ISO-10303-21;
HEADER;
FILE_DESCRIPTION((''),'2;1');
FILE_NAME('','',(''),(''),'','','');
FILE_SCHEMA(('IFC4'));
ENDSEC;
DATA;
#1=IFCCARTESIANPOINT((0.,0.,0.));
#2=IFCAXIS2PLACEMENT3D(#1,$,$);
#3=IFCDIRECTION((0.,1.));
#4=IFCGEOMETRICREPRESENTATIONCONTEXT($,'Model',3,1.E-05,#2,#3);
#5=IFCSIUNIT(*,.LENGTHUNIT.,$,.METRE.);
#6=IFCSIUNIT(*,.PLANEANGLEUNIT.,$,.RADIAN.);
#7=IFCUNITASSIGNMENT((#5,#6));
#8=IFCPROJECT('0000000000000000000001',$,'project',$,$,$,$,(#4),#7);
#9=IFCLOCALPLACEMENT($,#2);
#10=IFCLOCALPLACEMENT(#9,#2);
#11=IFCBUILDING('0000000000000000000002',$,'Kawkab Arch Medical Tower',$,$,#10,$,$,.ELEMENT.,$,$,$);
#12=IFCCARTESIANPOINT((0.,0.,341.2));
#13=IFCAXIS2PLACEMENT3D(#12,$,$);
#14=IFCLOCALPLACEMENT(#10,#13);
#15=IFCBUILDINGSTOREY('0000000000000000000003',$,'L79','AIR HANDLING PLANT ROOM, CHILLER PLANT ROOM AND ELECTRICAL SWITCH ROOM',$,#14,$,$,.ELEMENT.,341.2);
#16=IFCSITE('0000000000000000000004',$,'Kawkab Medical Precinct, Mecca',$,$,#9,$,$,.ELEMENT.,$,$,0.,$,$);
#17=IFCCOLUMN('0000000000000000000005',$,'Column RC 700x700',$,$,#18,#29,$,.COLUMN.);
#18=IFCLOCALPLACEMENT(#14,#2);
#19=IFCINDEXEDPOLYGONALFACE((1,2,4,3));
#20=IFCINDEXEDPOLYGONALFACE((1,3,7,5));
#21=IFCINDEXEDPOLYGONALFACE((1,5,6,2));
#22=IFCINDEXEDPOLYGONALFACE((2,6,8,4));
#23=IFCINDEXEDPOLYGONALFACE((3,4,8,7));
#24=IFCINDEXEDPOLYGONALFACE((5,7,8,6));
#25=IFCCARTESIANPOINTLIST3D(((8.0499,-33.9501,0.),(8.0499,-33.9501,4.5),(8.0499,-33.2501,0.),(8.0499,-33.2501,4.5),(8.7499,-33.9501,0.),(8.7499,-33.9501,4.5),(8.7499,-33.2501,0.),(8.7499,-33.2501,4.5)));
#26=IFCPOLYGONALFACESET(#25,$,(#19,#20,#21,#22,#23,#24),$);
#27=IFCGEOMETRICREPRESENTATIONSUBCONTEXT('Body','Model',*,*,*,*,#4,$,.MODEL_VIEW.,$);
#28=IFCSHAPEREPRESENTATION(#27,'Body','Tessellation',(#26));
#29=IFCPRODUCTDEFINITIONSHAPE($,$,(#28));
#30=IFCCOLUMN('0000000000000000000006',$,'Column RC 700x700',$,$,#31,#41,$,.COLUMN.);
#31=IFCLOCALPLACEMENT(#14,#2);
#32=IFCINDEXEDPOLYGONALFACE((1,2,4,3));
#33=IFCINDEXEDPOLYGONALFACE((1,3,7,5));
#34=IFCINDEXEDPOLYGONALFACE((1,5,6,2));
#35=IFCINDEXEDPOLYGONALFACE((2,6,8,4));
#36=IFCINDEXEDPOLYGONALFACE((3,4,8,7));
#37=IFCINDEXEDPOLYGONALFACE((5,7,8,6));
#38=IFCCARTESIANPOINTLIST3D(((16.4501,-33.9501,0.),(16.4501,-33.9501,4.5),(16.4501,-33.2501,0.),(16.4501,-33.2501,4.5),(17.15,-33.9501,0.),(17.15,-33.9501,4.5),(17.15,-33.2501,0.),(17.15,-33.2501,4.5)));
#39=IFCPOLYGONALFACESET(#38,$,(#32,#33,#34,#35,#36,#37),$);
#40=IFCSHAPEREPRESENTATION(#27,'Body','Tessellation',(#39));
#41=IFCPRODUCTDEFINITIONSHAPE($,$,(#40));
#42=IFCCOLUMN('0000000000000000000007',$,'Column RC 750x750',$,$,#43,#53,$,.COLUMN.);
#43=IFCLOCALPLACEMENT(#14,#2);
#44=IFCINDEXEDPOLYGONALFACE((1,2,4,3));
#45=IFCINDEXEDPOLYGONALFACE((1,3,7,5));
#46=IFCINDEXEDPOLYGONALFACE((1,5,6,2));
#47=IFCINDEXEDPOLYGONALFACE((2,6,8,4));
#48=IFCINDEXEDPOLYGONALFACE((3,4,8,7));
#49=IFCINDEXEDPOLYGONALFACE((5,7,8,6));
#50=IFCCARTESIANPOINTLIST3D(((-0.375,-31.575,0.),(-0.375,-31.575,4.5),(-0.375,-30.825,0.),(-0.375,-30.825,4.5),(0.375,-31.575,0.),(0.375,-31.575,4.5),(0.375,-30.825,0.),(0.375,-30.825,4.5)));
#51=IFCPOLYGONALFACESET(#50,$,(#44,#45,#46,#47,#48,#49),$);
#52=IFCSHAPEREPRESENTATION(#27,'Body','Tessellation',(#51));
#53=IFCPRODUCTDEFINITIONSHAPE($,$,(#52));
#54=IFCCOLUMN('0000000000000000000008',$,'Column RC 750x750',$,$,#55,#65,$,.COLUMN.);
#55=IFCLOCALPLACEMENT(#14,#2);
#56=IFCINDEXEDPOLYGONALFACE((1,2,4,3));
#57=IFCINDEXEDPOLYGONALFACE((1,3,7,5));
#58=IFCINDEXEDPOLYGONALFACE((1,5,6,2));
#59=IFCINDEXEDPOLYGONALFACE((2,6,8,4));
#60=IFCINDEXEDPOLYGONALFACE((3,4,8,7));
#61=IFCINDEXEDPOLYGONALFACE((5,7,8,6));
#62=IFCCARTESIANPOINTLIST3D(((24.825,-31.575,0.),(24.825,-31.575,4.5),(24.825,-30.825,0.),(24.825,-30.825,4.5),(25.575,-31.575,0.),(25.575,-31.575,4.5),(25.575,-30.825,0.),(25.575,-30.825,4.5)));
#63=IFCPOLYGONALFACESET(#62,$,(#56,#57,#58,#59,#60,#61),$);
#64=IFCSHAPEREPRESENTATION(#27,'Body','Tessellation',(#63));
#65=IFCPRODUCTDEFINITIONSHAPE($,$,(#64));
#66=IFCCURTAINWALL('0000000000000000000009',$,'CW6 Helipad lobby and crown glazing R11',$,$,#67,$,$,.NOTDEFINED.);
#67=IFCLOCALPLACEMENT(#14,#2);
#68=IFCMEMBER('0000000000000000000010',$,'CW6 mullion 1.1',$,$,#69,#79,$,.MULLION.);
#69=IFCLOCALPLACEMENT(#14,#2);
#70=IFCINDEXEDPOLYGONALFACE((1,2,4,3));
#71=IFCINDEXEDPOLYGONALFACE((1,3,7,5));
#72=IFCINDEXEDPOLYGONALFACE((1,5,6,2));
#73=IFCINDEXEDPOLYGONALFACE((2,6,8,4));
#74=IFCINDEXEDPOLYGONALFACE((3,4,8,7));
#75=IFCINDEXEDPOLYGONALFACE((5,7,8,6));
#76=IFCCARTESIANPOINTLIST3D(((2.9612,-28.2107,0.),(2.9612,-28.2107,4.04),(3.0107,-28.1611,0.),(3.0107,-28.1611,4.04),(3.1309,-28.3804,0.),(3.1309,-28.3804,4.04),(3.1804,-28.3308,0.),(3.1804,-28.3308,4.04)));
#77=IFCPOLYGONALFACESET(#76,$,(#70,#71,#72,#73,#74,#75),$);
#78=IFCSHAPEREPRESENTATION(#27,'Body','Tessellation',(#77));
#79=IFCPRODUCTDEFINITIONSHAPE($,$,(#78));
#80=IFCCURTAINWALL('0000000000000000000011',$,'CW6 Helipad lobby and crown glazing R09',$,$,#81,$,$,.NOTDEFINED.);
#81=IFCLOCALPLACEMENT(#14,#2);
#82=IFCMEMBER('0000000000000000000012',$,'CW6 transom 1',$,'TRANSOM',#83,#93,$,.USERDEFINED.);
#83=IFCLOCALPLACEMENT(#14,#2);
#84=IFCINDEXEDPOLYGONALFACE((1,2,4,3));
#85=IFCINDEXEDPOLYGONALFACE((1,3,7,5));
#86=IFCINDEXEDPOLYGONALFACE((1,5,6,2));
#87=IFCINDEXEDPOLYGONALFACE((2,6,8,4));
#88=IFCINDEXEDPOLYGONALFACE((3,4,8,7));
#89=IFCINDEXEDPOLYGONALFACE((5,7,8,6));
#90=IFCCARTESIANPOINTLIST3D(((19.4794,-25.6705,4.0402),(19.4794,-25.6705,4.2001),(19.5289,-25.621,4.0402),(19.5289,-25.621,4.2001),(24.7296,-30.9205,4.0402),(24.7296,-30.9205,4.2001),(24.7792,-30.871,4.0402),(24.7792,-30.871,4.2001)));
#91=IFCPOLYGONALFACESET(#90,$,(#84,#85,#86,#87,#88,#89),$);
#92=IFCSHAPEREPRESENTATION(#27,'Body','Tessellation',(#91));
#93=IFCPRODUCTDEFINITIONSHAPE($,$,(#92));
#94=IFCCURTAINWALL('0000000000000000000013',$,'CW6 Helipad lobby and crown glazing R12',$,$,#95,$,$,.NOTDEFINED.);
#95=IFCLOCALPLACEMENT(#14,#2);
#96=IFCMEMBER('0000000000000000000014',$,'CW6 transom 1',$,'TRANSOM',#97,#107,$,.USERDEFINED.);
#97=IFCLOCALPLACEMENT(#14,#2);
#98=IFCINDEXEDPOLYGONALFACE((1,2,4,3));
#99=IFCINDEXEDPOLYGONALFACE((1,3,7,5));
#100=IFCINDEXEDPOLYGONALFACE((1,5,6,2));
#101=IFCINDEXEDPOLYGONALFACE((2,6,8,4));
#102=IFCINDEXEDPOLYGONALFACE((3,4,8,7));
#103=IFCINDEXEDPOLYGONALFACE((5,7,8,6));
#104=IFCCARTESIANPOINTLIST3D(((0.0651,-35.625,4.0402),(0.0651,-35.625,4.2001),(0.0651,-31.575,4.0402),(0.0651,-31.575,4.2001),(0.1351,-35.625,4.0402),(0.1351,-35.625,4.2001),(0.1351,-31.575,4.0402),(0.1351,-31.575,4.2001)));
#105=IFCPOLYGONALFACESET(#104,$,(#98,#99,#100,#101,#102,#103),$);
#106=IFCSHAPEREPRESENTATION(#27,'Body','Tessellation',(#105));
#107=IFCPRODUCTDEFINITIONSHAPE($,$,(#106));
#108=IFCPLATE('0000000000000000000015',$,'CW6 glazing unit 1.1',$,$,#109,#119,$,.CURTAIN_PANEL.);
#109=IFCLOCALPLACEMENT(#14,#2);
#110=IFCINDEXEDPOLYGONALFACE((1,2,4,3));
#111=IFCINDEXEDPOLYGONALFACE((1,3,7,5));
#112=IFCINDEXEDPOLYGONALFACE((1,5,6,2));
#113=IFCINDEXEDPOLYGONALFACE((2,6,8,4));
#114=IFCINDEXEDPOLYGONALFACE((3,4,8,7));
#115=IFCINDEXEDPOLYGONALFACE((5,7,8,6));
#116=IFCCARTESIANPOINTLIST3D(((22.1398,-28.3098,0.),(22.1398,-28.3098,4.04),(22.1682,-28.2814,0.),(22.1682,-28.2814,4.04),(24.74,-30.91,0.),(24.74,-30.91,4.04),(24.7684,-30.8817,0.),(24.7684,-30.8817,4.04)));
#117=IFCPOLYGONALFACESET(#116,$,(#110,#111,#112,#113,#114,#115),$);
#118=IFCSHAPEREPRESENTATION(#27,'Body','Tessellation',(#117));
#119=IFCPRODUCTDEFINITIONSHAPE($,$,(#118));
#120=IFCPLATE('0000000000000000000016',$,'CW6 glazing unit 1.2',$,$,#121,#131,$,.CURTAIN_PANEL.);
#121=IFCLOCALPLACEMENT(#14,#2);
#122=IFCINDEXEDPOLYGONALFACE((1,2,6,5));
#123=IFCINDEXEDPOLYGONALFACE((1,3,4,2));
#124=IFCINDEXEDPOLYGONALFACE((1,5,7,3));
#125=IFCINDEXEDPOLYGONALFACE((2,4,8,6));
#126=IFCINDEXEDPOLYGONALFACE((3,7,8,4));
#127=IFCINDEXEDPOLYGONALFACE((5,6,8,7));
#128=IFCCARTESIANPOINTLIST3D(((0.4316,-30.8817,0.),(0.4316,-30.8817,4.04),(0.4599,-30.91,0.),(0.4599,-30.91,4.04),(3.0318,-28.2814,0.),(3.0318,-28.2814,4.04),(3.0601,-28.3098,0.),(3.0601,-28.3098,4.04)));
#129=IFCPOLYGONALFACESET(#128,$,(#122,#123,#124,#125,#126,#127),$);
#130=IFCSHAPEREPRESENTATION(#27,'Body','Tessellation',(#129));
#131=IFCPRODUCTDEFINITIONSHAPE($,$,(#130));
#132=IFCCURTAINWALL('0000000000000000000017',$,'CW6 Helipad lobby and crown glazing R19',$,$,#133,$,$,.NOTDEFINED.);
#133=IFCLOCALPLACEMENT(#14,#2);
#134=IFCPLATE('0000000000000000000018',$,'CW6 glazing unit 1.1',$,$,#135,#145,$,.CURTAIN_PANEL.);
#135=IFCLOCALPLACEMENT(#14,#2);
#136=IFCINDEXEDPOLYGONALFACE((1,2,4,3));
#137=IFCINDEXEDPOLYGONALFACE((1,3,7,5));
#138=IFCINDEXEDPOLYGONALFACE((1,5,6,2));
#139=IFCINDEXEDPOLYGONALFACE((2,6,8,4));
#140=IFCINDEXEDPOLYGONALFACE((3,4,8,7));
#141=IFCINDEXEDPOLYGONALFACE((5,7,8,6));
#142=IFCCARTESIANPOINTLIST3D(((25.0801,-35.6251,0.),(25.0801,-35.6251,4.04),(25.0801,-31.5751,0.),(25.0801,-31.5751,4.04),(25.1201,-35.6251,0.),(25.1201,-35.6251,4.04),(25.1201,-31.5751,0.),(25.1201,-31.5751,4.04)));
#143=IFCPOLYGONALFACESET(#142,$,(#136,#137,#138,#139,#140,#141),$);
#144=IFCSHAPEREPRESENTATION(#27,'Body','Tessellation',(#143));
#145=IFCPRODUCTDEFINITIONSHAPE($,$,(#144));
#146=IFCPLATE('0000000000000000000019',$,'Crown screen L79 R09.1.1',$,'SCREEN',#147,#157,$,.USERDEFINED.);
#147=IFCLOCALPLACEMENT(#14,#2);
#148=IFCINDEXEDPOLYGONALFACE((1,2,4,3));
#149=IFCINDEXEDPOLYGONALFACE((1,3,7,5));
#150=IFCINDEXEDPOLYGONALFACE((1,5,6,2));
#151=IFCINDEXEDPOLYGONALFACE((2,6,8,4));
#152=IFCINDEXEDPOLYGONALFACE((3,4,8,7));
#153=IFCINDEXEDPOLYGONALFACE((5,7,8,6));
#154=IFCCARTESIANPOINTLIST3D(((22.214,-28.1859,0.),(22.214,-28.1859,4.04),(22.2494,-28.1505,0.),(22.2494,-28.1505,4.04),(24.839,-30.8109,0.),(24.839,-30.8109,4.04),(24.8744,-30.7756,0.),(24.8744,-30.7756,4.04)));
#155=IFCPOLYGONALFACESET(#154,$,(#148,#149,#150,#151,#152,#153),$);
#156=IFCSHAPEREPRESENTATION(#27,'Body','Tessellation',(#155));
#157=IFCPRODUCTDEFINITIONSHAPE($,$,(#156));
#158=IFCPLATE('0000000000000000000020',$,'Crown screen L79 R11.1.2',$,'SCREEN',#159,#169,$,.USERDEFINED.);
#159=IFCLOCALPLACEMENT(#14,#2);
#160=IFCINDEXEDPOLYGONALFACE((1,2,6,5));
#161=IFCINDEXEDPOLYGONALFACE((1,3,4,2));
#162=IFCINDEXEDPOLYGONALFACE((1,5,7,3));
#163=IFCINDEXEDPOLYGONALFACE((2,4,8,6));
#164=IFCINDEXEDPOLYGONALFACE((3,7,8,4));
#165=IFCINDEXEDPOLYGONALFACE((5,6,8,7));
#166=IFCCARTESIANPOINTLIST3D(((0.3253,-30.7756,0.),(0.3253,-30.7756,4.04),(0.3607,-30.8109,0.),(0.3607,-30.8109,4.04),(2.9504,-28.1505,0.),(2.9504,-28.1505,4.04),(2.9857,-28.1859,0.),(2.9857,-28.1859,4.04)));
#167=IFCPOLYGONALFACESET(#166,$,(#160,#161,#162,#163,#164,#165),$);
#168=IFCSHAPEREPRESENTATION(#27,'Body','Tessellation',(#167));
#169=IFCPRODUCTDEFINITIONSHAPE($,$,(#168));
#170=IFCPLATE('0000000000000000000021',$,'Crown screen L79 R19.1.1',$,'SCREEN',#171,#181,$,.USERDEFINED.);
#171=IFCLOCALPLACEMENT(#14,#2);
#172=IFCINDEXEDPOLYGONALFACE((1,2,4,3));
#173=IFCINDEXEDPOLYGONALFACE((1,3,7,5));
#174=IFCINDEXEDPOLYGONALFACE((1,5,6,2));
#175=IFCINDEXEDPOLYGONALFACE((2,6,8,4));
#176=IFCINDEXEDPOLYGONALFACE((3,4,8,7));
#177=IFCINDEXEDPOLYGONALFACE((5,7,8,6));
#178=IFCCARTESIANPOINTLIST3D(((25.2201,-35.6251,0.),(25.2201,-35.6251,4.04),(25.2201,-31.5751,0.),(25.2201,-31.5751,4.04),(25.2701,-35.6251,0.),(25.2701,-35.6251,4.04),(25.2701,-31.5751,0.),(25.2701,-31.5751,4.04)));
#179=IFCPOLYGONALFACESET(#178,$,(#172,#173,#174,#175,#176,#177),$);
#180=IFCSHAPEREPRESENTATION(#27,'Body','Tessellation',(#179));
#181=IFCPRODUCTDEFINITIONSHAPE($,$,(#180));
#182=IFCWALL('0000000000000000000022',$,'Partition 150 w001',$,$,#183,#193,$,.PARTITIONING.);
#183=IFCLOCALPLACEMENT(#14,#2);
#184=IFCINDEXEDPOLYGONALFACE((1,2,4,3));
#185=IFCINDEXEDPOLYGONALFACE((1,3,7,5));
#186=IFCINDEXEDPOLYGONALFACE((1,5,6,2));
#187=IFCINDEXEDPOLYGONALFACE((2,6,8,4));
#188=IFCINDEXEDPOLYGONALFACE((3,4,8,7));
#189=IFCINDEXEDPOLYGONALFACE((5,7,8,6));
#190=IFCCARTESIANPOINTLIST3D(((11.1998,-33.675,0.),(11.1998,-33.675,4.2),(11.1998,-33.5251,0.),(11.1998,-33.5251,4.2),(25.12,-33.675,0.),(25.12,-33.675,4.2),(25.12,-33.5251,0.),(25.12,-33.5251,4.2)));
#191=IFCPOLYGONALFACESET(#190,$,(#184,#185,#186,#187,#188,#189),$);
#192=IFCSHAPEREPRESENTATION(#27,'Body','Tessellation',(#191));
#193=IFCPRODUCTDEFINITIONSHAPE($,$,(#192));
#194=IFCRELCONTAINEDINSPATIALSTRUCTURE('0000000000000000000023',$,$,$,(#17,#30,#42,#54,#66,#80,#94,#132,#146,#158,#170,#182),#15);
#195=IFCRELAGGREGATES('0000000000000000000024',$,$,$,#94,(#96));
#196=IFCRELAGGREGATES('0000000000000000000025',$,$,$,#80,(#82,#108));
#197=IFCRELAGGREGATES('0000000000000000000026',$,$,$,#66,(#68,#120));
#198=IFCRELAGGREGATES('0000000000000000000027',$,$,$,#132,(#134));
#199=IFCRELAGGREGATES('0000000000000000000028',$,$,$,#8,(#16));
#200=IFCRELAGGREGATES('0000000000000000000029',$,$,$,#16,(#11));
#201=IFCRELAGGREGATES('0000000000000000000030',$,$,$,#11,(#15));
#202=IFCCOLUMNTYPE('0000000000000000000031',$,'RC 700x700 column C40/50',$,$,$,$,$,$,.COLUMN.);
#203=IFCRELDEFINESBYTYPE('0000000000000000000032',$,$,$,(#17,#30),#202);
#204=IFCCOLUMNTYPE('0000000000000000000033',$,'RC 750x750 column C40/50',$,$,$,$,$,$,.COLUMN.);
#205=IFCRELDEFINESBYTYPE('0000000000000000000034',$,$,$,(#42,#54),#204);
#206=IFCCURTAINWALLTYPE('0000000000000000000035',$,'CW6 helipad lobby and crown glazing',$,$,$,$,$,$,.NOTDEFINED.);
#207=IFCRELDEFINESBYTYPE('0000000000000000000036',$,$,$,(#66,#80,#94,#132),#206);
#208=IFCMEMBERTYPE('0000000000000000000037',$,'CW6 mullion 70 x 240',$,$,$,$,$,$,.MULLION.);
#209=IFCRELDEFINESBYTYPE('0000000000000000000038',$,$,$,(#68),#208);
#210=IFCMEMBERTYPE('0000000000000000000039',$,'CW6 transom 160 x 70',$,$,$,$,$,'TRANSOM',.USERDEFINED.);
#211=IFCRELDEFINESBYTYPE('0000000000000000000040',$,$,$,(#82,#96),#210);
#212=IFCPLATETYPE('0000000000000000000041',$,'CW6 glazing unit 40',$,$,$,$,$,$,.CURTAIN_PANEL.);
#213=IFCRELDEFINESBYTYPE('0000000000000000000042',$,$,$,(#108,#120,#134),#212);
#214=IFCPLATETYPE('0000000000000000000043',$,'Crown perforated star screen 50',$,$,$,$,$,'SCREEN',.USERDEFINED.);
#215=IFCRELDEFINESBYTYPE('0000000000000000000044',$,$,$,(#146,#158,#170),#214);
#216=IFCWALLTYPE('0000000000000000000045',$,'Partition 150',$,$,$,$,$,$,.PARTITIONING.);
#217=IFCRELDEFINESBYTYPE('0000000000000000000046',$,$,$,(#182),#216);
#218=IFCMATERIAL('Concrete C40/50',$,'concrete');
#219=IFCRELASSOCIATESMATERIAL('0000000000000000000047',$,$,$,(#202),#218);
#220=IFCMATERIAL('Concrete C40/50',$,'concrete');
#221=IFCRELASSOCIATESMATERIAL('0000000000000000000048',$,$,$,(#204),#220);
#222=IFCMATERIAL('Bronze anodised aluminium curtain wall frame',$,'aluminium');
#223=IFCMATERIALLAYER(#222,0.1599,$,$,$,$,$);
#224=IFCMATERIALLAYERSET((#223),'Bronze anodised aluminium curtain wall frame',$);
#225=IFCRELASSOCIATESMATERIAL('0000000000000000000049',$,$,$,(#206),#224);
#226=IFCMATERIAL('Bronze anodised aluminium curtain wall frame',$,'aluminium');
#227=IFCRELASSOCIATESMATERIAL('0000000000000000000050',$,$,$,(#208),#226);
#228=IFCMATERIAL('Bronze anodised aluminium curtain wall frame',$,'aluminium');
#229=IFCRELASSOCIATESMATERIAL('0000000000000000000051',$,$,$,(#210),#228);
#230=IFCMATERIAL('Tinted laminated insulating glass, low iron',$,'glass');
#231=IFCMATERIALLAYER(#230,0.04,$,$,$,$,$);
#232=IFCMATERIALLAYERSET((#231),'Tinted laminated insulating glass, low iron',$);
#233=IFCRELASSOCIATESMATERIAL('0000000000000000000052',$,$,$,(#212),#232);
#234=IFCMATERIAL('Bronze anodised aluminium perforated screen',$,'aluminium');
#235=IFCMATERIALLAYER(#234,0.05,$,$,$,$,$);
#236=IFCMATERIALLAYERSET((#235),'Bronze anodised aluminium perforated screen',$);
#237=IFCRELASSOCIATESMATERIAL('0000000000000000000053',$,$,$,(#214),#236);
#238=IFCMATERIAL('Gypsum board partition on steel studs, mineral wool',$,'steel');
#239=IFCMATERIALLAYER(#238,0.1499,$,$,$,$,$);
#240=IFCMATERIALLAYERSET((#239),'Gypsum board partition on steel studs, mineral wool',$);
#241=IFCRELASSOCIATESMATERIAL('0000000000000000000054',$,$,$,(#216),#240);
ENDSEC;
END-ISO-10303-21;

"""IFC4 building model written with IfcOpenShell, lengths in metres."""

from ifc_helpers import new_model, si_unit, direction, frame, frame_2d, origin, origin_2d, place, context, subcontext, project, spatial, rectangle, extrude, material, layer, layer_set, material_profile, profile_set, type_object, element, aggregate, save


model = new_model("IFC4")

# Units and contexts
model_context = context("Model", 3, precision=1e-05, world=origin(), true_north=direction((0.0, 1.0)))
body_context = subcontext(model_context, "Body", "Model", "MODEL_VIEW")
ifc_project = project(units=[si_unit("LENGTHUNIT", "METRE"), si_unit("PLANEANGLEUNIT", "RADIAN")], contexts=[model_context])

# Site, building, storey
site_placement = place(None, origin())
site = spatial("IfcSite", under=ifc_project, at=site_placement, Name="Kawkab Medical Precinct, Mecca", CompositionType="ELEMENT", RefElevation=0.0)
building_placement = place(site_placement, origin())
building = spatial("IfcBuilding", under=site, at=building_placement, Name="Kawkab Arch Medical Tower", CompositionType="ELEMENT")
storey_placement = place(building_placement, frame((0.0, 0.0, 341.2)))
storey = spatial("IfcBuildingStorey", under=building, at=storey_placement, Name="L79", Description="AIR HANDLING PLANT ROOM, CHILLER PLANT ROOM AND ELECTRICAL SWITCH ROOM", CompositionType="ELEMENT", Elevation=341.2)

# Columns
ifc_material_1 = material(Name="Concrete C40/50", Category="concrete")
ifc_material_profile_1 = material_profile(ifc_material_1, rectangle(XDim=0.7, YDim=0.7, at=origin_2d()), Name="RC 700x700")
ifc_profile_set_1 = profile_set([ifc_material_profile_1], Name="Concrete C40/50")
column_type_1 = type_object("IfcColumnType", Name="RC 700x700 column C40/50", PredefinedType="COLUMN", material=ifc_profile_set_1)
for number, where, z_axis, x_axis, name in (
    (1, (8.3999, -33.6001, 0.0), (0.0, 0.0, 1.0), (1.0, 0.0, 0.0), "Column RC 700x700"),
    (2, (16.8, -33.6001, 0.0), (0.0, 0.0, 1.0), (1.0, 0.0, 0.0), "Column RC 700x700"),
):
    element("IfcColumn", number, at=place(storey_placement, frame(where, z_axis=z_axis, x_axis=x_axis)), inside=storey, type_object=column_type_1, Name=name, PredefinedType="COLUMN", context=body_context, shape_type="SweptSolid", body=[
        extrude(rectangle(XDim=0.7, YDim=0.7, at=origin_2d()), origin(), (0.0, 0.0, 1.0), 4.5),
    ])
ifc_material_2 = material(Name="Concrete C40/50", Category="concrete")
ifc_material_profile_2 = material_profile(ifc_material_2, rectangle(XDim=0.75, YDim=0.75, at=origin_2d()), Name="RC 750x750")
ifc_profile_set_2 = profile_set([ifc_material_profile_2], Name="Concrete C40/50")
column_type_2 = type_object("IfcColumnType", Name="RC 750x750 column C40/50", PredefinedType="COLUMN", material=ifc_profile_set_2)
for number, where, z_axis, x_axis, name in (
    (3, (0.0, -31.2, 0.0), (0.0, 0.0, 1.0), (1.0, 0.0, 0.0), "Column RC 750x750"),
    (4, (25.2, -31.2, 0.0), (0.0, 0.0, 1.0), (1.0, 0.0, 0.0), "Column RC 750x750"),
):
    element("IfcColumn", number, at=place(storey_placement, frame(where, z_axis=z_axis, x_axis=x_axis)), inside=storey, type_object=column_type_2, Name=name, PredefinedType="COLUMN", context=body_context, shape_type="SweptSolid", body=[
        extrude(rectangle(XDim=0.75, YDim=0.75, at=origin_2d()), origin(), (0.0, 0.0, 1.0), 4.5),
    ])

# Curtain walls, members
ifc_material_3 = material(Name="Bronze anodised aluminium curtain wall frame", Category="aluminium")
ifc_layer_1 = layer(ifc_material_3, 0.1599)
ifc_layer_set_1 = layer_set([ifc_layer_1], Name="Bronze anodised aluminium curtain wall frame")
curtain_wall_type = type_object("IfcCurtainWallType", Name="CW6 helipad lobby and crown glazing", PredefinedType="NOTDEFINED", material=ifc_layer_set_1)
placement = place(storey_placement, origin())
curtain_wall_1 = element("IfcCurtainWall", 5, at=placement, inside=storey, type_object=curtain_wall_type, Name="CW6 Helipad lobby and crown glazing R11", PredefinedType="NOTDEFINED")
ifc_material_4 = material(Name="Bronze anodised aluminium curtain wall frame", Category="aluminium")
ifc_material_profile_3 = material_profile(ifc_material_4, rectangle(XDim=0.24, YDim=0.0701, at=origin_2d()), Name="AL 70x240")
ifc_profile_set_3 = profile_set([ifc_material_profile_3], Name="Bronze anodised aluminium curtain wall frame")
member_type_1 = type_object("IfcMemberType", Name="CW6 mullion 70 x 240", PredefinedType="MULLION", material=ifc_profile_set_3)
member_1_placement = place(storey_placement, frame((3.0708, -28.2708, 0.0), z_axis=(0.0, 0.0, 1.0), x_axis=(0.707107, -0.707107, 0.0)))
member_1 = element("IfcMember", 6, at=member_1_placement, type_object=member_type_1, Name="CW6 mullion 1.1", PredefinedType="MULLION", context=body_context, shape_type="SweptSolid", body=[
    extrude(rectangle(XDim=0.24, YDim=0.0701, at=origin_2d()), origin(), (0.0, 0.0, 1.0), 4.04),
])
curtain_wall_2 = element("IfcCurtainWall", 7, at=placement, inside=storey, type_object=curtain_wall_type, Name="CW6 Helipad lobby and crown glazing R09", PredefinedType="NOTDEFINED")
ifc_material_5 = material(Name="Bronze anodised aluminium curtain wall frame", Category="aluminium")
ifc_material_profile_4 = material_profile(ifc_material_5, rectangle(XDim=0.0701, YDim=0.1599, at=origin_2d()), Name="AL 70x160")
ifc_profile_set_4 = profile_set([ifc_material_profile_4], Name="Bronze anodised aluminium curtain wall frame")
member_type_2 = type_object("IfcMemberType", Name="CW6 transom 160 x 70", ElementType="TRANSOM", PredefinedType="USERDEFINED", material=ifc_profile_set_4)
member_2_placement = place(storey_placement, frame((24.7544, -30.8958, 4.1201), z_axis=(-0.707123, 0.70709, 0.0), x_axis=(-0.70709, -0.707123, 0.0)))
member_2 = element("IfcMember", 8, at=member_2_placement, type_object=member_type_2, Name="CW6 transom 1", ObjectType="TRANSOM", PredefinedType="USERDEFINED", context=body_context, shape_type="SweptSolid", body=[
    extrude(rectangle(XDim=0.0701, YDim=0.1599, at=origin_2d()), origin(), (0.0, 0.0, 1.0), 7.4248),
])
curtain_wall_3 = element("IfcCurtainWall", 9, at=placement, inside=storey, type_object=curtain_wall_type, Name="CW6 Helipad lobby and crown glazing R12", PredefinedType="NOTDEFINED")
member_3_placement = place(storey_placement, frame((0.1001, -31.575, 4.1201), z_axis=(0.0, -1.0, 0.0), x_axis=(1.0, 0.0, 0.0)))
member_3 = element("IfcMember", 10, at=member_3_placement, type_object=member_type_2, Name="CW6 transom 1", ObjectType="TRANSOM", PredefinedType="USERDEFINED", context=body_context, shape_type="SweptSolid", body=[
    extrude(rectangle(XDim=0.0701, YDim=0.1599, at=origin_2d()), origin(), (0.0, 0.0, 1.0), 4.05),
])
aggregate(curtain_wall_3, [member_3])

# Plates
ifc_material_6 = material(Name="Tinted laminated insulating glass, low iron", Category="glass")
ifc_layer_2 = layer(ifc_material_6, 0.04)
ifc_layer_set_2 = layer_set([ifc_layer_2], Name="Tinted laminated insulating glass, low iron")
plate_type_1 = type_object("IfcPlateType", Name="CW6 glazing unit 40", PredefinedType="CURTAIN_PANEL", material=ifc_layer_set_2)
plate_1_placement = place(storey_placement, frame((23.4541, -29.5957, 0.0), z_axis=(0.0, 0.0, 1.0), x_axis=(-0.707107, 0.707107, 0.0)))
plate_1 = element("IfcPlate", 11, at=plate_1_placement, type_object=plate_type_1, Name="CW6 glazing unit 1.1", PredefinedType="CURTAIN_PANEL", context=body_context, shape_type="SweptSolid", body=[
    extrude(rectangle(XDim=3.6772, YDim=0.04, at=origin_2d()), origin(), (0.0, 0.0, 1.0), 4.04),
])
aggregate(curtain_wall_2, [member_2, plate_1])
plate_2_placement = place(storey_placement, frame((1.7458, -29.5957, 0.0), z_axis=(0.0, 0.0, 1.0), x_axis=(-0.707107, -0.707107, 0.0)))
plate_2 = element("IfcPlate", 12, at=plate_2_placement, type_object=plate_type_1, Name="CW6 glazing unit 1.2", PredefinedType="CURTAIN_PANEL", context=body_context, shape_type="SweptSolid", body=[
    extrude(rectangle(XDim=3.6772, YDim=0.04, at=origin_2d()), origin(), (0.0, 0.0, 1.0), 4.04),
])
aggregate(curtain_wall_1, [member_1, plate_2])

# Curtain wall, plate
curtain_wall_4 = element("IfcCurtainWall", 13, at=placement, inside=storey, type_object=curtain_wall_type, Name="CW6 Helipad lobby and crown glazing R19", PredefinedType="NOTDEFINED")
plate_3_placement = place(storey_placement, frame((25.1001, -33.6001, 0.0), z_axis=(0.0, 0.0, 1.0), x_axis=(0.0, 1.0, 0.0)))
plate_3 = element("IfcPlate", 14, at=plate_3_placement, type_object=plate_type_1, Name="CW6 glazing unit 1.1", PredefinedType="CURTAIN_PANEL", context=body_context, shape_type="SweptSolid", body=[
    extrude(rectangle(XDim=4.05, YDim=0.04, at=origin_2d()), origin(), (0.0, 0.0, 1.0), 4.04),
])
aggregate(curtain_wall_4, [plate_3])

# Plates
ifc_material_7 = material(Name="Bronze anodised aluminium perforated screen", Category="aluminium")
ifc_layer_3 = layer(ifc_material_7, 0.05)
ifc_layer_set_3 = layer_set([ifc_layer_3], Name="Bronze anodised aluminium perforated screen")
plate_type_2 = type_object("IfcPlateType", Name="Crown perforated star screen 50", ElementType="SCREEN", PredefinedType="USERDEFINED", material=ifc_layer_set_3)
for number, where, z_axis, x_axis, name in (
    (15, (23.5442, -29.4807, 0.0), (0.0, 0.0, 1.0), (-0.707107, 0.707107, 0.0), "Crown screen L79 R09.1.1"),
    (16, (1.6555, -29.4807, 0.0), (0.0, 0.0, 1.0), (-0.707107, -0.707107, 0.0), "Crown screen L79 R11.1.2"),
):
    element("IfcPlate", number, at=place(storey_placement, frame(where, z_axis=z_axis, x_axis=x_axis)), inside=storey, type_object=plate_type_2, Name=name, ObjectType="SCREEN", PredefinedType="USERDEFINED", context=body_context, shape_type="SweptSolid", body=[
        extrude(rectangle(XDim=3.7124, YDim=0.05, at=origin_2d()), origin(), (0.0, 0.0, 1.0), 4.04),
    ])
plate_4_placement = place(storey_placement, frame((25.2451, -33.6001, 0.0), z_axis=(0.0, 0.0, 1.0), x_axis=(0.0, 1.0, 0.0)))
element("IfcPlate", 17, at=plate_4_placement, inside=storey, type_object=plate_type_2, Name="Crown screen L79 R19.1.1", ObjectType="SCREEN", PredefinedType="USERDEFINED", context=body_context, shape_type="SweptSolid", body=[
    extrude(rectangle(XDim=4.05, YDim=0.05, at=origin_2d()), origin(), (0.0, 0.0, 1.0), 4.04),
])

# Wall
ifc_material_8 = material(Name="Gypsum board partition on steel studs, mineral wool", Category="steel")
ifc_layer_4 = layer(ifc_material_8, 0.1499)
ifc_layer_set_4 = layer_set([ifc_layer_4], Name="Gypsum board partition on steel studs, mineral wool")
wall_type_1 = type_object("IfcWallType", Name="Partition 150", PredefinedType="PARTITIONING", material=ifc_layer_set_4)
wall_1_placement = place(storey_placement, frame((11.2, -33.6001, 0.0), z_axis=(0.0, 0.0, 1.0), x_axis=(1.0, 0.0, 0.0)))
element("IfcWall", 18, at=wall_1_placement, inside=storey, type_object=wall_type_1, Name="Partition 150 w001", PredefinedType="PARTITIONING", context=body_context, shape_type="SweptSolid", body=[
    extrude(rectangle(XDim=13.9202, YDim=0.1499, at=frame_2d((6.96, 0.0))), origin(), (0.0, 0.0, 1.0), 4.2),
])

save(model, "model.ifc")
